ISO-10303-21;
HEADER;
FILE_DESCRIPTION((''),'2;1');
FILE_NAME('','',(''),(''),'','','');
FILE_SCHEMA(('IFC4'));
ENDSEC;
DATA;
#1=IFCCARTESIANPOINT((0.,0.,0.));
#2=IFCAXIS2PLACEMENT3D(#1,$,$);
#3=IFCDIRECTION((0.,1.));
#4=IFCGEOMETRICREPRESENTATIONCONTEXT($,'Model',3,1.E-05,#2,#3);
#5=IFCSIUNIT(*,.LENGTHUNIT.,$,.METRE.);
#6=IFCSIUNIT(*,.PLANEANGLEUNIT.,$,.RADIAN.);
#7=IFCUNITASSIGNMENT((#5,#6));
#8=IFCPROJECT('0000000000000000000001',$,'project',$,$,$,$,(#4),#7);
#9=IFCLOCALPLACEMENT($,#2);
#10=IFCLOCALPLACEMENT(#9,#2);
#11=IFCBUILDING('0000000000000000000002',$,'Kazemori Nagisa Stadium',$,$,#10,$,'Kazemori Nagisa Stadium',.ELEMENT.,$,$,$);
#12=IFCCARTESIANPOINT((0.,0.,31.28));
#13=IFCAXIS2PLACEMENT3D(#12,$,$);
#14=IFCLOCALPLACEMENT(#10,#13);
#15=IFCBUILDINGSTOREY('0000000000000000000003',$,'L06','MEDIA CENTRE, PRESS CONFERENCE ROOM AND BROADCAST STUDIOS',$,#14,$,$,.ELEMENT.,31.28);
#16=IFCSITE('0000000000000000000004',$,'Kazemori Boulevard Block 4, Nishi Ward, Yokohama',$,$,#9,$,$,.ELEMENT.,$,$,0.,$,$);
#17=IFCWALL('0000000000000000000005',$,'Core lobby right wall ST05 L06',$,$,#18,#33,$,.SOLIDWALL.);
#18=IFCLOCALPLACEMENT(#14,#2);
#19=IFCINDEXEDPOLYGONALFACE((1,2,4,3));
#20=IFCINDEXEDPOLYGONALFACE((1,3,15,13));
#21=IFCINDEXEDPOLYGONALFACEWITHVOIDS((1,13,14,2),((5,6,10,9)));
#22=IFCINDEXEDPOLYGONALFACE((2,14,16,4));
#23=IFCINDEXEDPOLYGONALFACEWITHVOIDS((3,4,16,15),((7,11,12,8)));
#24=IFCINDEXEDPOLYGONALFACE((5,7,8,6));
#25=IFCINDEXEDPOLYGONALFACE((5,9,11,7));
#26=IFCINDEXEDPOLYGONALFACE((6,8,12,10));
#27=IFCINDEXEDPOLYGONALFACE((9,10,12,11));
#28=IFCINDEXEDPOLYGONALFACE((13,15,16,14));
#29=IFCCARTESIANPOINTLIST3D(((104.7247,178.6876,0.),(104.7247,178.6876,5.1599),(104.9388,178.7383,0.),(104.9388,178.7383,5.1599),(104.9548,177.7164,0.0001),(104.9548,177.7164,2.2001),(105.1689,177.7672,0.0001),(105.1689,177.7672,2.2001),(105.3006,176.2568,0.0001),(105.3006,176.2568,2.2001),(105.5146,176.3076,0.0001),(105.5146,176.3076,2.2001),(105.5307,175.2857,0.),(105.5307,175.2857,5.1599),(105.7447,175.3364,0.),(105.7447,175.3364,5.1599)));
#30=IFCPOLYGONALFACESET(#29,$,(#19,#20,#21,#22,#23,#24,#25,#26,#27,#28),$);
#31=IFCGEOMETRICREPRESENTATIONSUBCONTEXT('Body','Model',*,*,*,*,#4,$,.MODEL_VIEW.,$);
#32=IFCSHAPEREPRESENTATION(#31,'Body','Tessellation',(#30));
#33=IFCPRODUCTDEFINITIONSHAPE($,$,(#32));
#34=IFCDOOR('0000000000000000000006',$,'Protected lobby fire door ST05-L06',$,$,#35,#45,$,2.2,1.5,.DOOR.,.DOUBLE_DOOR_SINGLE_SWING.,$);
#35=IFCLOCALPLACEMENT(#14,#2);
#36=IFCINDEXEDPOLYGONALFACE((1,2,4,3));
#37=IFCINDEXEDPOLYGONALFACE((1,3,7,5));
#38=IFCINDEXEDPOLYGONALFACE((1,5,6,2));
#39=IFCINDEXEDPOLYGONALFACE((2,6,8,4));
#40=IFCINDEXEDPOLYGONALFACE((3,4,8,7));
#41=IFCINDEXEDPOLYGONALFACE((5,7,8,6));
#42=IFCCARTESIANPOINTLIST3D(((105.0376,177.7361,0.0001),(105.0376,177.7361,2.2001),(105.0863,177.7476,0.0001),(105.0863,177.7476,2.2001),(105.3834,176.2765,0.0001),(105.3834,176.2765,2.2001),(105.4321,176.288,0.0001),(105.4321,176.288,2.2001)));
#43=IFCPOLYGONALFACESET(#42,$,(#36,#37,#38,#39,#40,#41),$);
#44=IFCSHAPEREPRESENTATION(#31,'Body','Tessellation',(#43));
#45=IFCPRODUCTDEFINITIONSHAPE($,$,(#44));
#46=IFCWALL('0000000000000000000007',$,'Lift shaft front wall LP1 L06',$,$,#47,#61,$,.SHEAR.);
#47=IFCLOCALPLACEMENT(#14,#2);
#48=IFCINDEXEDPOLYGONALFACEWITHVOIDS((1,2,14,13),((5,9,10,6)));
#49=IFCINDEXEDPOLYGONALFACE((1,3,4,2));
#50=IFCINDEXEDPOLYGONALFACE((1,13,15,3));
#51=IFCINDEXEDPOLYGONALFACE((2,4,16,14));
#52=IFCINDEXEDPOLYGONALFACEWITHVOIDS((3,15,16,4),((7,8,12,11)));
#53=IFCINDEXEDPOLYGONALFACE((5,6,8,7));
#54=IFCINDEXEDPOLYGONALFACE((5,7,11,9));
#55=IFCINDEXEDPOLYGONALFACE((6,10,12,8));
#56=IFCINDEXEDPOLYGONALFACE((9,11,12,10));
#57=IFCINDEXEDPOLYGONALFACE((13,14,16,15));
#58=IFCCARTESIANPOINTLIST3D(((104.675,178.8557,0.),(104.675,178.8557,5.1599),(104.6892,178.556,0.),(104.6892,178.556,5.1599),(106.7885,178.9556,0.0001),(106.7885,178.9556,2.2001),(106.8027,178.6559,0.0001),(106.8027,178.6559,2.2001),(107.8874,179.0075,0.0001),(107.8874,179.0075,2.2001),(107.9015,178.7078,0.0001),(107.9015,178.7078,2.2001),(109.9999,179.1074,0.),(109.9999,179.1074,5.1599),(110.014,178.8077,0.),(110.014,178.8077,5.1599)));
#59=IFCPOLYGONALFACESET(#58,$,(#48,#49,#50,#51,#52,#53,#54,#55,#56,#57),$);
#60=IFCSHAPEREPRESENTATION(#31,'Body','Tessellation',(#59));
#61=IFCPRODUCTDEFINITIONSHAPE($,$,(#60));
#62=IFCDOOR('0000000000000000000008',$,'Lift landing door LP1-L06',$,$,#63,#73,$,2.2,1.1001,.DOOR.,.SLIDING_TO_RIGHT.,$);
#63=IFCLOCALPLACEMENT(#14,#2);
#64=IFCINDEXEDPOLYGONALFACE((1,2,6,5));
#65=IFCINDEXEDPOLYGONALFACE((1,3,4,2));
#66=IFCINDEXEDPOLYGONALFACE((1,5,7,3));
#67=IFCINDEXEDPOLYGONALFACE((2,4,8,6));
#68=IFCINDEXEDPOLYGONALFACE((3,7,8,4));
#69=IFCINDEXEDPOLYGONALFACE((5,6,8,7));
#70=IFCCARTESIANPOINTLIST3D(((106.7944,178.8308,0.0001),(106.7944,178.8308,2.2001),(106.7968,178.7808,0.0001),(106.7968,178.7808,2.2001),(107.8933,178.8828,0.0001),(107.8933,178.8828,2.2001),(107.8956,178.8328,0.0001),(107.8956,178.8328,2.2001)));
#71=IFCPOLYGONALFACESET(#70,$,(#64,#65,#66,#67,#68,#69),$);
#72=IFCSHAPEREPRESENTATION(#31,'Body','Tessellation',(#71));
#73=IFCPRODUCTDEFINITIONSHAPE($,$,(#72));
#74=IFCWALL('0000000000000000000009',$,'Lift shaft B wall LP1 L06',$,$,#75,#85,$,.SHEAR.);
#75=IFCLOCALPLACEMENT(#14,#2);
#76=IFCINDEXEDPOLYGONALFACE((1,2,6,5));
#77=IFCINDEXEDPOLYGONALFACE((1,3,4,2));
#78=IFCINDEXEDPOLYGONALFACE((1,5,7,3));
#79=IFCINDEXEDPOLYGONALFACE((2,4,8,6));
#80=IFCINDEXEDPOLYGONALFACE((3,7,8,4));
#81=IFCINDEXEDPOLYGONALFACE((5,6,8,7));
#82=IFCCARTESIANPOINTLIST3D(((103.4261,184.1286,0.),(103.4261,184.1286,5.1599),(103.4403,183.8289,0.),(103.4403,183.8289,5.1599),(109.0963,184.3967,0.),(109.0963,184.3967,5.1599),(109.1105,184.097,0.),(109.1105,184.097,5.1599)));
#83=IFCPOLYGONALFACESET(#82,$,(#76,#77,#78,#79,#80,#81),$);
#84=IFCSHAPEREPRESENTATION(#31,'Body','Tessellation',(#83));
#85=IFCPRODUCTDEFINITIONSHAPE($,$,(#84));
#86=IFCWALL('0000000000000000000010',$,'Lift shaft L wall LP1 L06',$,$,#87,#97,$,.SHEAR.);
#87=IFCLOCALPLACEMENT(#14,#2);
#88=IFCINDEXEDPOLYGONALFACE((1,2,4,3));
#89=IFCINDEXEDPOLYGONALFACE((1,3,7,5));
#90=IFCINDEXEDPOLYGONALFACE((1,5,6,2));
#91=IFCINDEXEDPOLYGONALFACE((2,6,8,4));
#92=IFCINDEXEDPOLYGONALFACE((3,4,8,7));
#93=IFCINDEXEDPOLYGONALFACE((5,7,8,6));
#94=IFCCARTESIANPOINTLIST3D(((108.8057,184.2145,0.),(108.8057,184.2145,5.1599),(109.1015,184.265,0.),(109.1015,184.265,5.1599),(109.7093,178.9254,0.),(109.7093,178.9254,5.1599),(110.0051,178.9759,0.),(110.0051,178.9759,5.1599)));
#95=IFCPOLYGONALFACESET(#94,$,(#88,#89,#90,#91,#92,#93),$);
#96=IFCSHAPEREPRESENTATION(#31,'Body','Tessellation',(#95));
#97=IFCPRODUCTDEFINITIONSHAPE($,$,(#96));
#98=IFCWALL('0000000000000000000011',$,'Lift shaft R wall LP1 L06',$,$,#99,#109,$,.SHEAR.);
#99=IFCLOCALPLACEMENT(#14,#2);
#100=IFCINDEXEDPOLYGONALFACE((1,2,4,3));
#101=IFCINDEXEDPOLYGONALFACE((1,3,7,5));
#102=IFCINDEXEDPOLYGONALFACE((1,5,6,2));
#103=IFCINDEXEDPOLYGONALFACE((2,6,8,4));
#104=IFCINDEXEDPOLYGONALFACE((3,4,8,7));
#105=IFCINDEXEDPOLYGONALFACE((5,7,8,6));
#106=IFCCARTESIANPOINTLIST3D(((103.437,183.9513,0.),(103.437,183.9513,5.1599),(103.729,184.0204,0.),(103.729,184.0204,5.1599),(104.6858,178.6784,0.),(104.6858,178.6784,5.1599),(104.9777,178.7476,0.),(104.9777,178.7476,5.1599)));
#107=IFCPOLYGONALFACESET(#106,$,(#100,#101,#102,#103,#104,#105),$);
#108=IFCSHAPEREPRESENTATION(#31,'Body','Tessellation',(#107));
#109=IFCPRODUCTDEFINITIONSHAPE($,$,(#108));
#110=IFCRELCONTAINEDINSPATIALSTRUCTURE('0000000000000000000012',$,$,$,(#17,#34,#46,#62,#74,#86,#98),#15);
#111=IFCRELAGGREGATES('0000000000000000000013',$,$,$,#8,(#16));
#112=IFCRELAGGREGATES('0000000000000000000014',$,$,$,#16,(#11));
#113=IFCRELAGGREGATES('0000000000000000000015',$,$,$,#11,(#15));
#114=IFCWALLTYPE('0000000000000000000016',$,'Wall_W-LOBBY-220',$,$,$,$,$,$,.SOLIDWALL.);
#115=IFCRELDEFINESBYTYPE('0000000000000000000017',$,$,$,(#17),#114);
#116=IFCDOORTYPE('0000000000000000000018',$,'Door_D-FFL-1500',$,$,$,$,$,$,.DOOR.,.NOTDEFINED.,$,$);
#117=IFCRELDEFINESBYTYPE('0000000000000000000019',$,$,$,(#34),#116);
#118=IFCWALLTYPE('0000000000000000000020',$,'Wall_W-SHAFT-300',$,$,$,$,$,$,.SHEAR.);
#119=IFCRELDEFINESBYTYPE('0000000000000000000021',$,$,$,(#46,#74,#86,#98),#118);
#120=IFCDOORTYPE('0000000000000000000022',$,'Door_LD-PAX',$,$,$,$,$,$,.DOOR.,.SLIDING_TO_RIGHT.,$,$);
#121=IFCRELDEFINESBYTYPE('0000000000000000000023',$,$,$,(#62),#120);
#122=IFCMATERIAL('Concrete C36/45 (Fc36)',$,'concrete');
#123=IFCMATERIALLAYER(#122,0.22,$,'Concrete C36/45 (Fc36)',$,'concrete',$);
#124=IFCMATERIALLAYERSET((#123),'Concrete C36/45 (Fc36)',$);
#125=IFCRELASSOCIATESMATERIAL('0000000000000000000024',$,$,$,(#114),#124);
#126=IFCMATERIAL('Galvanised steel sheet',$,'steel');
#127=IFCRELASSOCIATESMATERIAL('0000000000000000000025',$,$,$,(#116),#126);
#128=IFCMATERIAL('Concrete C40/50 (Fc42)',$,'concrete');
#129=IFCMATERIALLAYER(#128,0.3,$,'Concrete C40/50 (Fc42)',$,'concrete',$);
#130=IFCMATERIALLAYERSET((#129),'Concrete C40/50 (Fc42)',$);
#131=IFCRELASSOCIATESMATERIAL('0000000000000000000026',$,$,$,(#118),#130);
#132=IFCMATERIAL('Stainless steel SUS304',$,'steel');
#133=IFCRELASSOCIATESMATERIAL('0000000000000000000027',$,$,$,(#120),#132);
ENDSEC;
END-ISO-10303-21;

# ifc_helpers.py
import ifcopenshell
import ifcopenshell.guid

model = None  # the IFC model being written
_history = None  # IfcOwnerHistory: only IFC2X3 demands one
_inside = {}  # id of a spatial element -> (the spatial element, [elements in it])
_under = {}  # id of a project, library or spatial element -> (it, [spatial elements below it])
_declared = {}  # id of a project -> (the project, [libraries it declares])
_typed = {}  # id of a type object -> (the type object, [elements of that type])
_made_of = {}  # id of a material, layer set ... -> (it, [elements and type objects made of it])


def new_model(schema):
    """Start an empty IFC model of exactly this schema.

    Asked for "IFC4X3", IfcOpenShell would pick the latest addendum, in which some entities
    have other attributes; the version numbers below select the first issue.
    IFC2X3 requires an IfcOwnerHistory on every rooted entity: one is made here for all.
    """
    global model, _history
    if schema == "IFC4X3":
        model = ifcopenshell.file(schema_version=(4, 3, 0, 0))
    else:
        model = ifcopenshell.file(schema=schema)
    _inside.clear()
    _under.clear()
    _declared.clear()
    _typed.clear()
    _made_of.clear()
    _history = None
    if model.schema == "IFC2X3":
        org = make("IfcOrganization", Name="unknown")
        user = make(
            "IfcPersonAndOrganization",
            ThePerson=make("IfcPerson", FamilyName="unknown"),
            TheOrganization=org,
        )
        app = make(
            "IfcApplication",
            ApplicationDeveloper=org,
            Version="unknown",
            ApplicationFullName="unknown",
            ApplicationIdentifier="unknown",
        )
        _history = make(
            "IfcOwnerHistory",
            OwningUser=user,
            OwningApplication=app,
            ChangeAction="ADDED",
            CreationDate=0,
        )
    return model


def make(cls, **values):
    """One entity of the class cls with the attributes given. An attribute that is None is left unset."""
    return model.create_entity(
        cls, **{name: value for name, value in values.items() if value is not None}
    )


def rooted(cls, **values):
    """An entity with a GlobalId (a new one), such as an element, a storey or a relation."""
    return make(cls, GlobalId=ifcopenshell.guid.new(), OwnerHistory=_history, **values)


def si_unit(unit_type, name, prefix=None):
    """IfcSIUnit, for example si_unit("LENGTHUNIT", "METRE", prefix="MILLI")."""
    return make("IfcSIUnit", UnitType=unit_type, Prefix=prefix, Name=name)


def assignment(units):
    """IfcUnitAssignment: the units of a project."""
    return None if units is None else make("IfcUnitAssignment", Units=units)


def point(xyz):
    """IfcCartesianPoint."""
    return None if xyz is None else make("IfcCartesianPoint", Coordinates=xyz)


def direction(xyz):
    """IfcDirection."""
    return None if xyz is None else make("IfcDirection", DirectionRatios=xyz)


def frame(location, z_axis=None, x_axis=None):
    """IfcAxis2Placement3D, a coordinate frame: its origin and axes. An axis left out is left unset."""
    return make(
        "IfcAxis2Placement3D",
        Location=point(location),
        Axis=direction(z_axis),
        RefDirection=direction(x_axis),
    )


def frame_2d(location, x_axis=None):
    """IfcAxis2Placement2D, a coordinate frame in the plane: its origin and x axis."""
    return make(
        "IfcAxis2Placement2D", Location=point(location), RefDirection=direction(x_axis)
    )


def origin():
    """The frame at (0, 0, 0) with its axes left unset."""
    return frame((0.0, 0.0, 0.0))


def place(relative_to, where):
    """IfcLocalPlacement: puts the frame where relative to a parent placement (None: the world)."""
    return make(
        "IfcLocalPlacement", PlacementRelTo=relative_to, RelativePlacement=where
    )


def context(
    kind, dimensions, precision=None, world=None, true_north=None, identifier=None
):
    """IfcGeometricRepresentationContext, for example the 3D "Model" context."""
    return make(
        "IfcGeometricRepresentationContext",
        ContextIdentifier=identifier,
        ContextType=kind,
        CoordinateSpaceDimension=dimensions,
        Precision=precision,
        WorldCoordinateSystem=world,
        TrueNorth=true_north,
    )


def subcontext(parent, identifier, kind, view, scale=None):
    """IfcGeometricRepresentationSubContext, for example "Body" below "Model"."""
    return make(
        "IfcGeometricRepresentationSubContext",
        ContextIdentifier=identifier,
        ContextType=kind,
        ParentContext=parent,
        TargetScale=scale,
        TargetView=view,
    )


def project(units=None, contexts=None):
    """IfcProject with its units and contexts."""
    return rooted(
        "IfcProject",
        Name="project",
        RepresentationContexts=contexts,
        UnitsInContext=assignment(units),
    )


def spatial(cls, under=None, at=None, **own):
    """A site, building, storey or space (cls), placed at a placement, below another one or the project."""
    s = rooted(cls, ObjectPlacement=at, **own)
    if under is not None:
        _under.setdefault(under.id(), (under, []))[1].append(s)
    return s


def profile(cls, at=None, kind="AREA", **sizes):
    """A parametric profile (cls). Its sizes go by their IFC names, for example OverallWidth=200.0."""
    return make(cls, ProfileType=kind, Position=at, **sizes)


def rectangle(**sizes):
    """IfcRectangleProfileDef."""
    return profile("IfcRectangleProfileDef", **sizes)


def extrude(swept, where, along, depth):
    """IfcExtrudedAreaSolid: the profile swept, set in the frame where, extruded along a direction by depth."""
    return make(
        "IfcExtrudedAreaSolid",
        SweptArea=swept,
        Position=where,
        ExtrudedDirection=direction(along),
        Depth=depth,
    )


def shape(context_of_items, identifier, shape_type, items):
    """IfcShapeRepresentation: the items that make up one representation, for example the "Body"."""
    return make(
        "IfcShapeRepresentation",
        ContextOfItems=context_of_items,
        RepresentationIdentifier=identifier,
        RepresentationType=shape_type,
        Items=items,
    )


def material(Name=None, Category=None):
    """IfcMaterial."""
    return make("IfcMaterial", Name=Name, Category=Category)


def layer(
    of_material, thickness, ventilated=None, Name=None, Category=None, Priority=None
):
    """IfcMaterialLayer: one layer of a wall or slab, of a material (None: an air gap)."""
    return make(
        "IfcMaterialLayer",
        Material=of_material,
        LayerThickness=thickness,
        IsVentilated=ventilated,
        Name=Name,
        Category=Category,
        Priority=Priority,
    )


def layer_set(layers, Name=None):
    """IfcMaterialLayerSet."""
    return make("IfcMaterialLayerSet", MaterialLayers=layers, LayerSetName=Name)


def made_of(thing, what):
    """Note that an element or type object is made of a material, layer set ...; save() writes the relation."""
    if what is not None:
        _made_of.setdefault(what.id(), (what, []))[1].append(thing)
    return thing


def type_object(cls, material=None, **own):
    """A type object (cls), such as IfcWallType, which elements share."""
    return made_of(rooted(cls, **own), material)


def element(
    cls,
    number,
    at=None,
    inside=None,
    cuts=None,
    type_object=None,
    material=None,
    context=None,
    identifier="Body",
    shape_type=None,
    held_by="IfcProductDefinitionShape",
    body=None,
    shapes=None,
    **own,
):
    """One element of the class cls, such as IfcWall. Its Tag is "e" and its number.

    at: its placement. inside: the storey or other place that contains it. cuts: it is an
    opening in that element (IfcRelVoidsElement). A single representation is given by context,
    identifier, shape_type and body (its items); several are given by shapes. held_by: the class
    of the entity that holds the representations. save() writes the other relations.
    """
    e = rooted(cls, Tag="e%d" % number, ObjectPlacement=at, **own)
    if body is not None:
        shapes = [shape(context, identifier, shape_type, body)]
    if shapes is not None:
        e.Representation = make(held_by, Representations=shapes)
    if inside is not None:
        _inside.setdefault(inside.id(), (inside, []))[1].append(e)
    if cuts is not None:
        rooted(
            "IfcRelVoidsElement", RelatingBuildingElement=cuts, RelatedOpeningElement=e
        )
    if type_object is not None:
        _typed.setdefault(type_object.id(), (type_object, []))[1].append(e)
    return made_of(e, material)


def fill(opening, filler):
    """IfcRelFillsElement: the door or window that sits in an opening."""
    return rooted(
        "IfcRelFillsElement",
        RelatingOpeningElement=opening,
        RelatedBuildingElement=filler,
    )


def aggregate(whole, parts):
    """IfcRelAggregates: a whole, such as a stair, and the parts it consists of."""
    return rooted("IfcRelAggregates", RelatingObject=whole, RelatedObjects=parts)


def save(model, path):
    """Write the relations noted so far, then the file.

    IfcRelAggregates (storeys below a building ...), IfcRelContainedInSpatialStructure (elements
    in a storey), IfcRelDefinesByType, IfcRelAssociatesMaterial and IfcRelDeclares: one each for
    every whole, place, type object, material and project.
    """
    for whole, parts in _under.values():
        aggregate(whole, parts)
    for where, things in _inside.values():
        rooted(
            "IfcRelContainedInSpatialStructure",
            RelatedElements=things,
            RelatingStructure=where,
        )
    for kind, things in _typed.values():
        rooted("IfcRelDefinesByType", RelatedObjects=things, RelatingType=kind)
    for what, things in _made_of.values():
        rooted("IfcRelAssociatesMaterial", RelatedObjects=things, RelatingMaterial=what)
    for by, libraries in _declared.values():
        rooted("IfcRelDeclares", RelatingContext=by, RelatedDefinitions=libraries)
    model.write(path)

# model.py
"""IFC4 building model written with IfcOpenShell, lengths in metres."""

from ifc_helpers import new_model, si_unit, direction, frame, frame_2d, origin, place, context, subcontext, project, spatial, rectangle, extrude, material, layer, layer_set, type_object, element, fill, save


model = new_model("IFC4")

# Units and contexts
model_context = context("Model", 3, precision=1e-05, world=origin(), true_north=direction((0.0, 1.0)))
body_context = subcontext(model_context, "Body", "Model", "MODEL_VIEW")
ifc_project = project(units=[si_unit("LENGTHUNIT", "METRE"), si_unit("PLANEANGLEUNIT", "RADIAN")], contexts=[model_context])

# Site, building, storey
site_placement = place(None, origin())
site = spatial("IfcSite", under=ifc_project, at=site_placement, Name="Kazemori Boulevard Block 4, Nishi Ward, Yokohama", CompositionType="ELEMENT", RefElevation=0.0)
building_placement = place(site_placement, origin())
building = spatial("IfcBuilding", under=site, at=building_placement, Name="Kazemori Nagisa Stadium", LongName="Kazemori Nagisa Stadium", CompositionType="ELEMENT")
storey_placement = place(building_placement, frame((0.0, 0.0, 31.28)))
storey = spatial("IfcBuildingStorey", under=building, at=storey_placement, Name="L06", Description="MEDIA CENTRE, PRESS CONFERENCE ROOM AND BROADCAST STUDIOS", CompositionType="ELEMENT", Elevation=31.28)

# Shared definitions
ifc_material_1 = material(Name="Concrete C40/50 (Fc42)", Category="concrete")

# Walls, openings, doors
ifc_material_2 = material(Name="Concrete C36/45 (Fc36)", Category="concrete")
ifc_layer_1 = layer(ifc_material_2, 0.22, Name="Concrete C36/45 (Fc36)", Category="concrete")
ifc_layer_set_1 = layer_set([ifc_layer_1], Name="Concrete C36/45 (Fc36)")
wall_type_1 = type_object("IfcWallType", Name="Wall_W-LOBBY-220", PredefinedType="SOLIDWALL", material=ifc_layer_set_1)
wall_1_placement = place(storey_placement, frame((105.6377, 175.311, 0.0), z_axis=(0.0, 0.0, 1.0), x_axis=(-0.230522, 0.973067, 0.0)))
wall_1 = element("IfcWall", 1, at=wall_1_placement, inside=storey, type_object=wall_type_1, Name="Core lobby right wall ST05 L06", PredefinedType="SOLIDWALL", context=body_context, shape_type="SweptSolid", body=[
    extrude(rectangle(XDim=3.4961, YDim=0.22, at=frame_2d((1.748, 0.0))), origin(), (0.0, 0.0, 1.0), 5.1599),
])
opening_1_placement = place(wall_1_placement, frame((0.998, 0.0, 0.0)))
opening_1 = element("IfcOpeningElement", 2, at=opening_1_placement, cuts=wall_1, PredefinedType="OPENING", context=body_context, shape_type="SweptSolid", body=[
    extrude(rectangle(XDim=1.5, YDim=2.2, at=frame_2d((0.75, 1.1001))), frame((0.0, 0.1199, 0.0), z_axis=(0.0, -1.0, 0.0), x_axis=(1.0, 0.0, 0.0)), (0.0, 0.0, 1.0), 0.24),
])
ifc_material_3 = material(Name="Galvanised steel sheet", Category="steel")
door_type_1 = type_object("IfcDoorType", Name="Door_D-FFL-1500", OperationType="NOTDEFINED", PredefinedType="DOOR", material=ifc_material_3)
door_1_placement = place(opening_1_placement, origin())
door_1 = element("IfcDoor", 3, at=door_1_placement, inside=storey, type_object=door_type_1, Name="Protected lobby fire door ST05-L06", OperationType="DOUBLE_DOOR_SINGLE_SWING", OverallHeight=2.2, OverallWidth=1.5, PredefinedType="DOOR", context=body_context, shape_type="SweptSolid", body=[
    extrude(rectangle(XDim=1.5, YDim=2.2, at=frame_2d((0.75, 1.1001))), frame((0.0, 0.0249, 0.0), z_axis=(0.0, -1.0, 0.0), x_axis=(1.0, 0.0, 0.0)), (0.0, 0.0, 1.0), 0.05),
])
fill(opening_1, door_1)
ifc_layer_2 = layer(ifc_material_1, 0.3, Name="Concrete C40/50 (Fc42)", Category="concrete")
ifc_layer_set_2 = layer_set([ifc_layer_2], Name="Concrete C40/50 (Fc42)")
wall_type_2 = type_object("IfcWallType", Name="Wall_W-SHAFT-300", PredefinedType="SHEAR", material=ifc_layer_set_2)
wall_2_placement = place(storey_placement, frame((110.0071, 178.9575, 0.0), z_axis=(0.0, 0.0, 1.0), x_axis=(-0.998885, -0.047217, 0.0)))
wall_2 = element("IfcWall", 4, at=wall_2_placement, inside=storey, type_object=wall_type_2, Name="Lift shaft front wall LP1 L06", PredefinedType="SHEAR", context=body_context, shape_type="SweptSolid", body=[
    extrude(rectangle(XDim=5.3308, YDim=0.3, at=frame_2d((2.6655, 0.0))), origin(), (0.0, 0.0, 1.0), 5.1599),
])
opening_2_placement = place(wall_2_placement, frame((2.115, 0.0, 0.0)))
opening_2 = element("IfcOpeningElement", 5, at=opening_2_placement, cuts=wall_2, PredefinedType="OPENING", context=body_context, shape_type="SweptSolid", body=[
    extrude(rectangle(XDim=1.1001, YDim=2.2, at=frame_2d((0.55, 1.1001))), frame((0.0, 0.1599, 0.0), z_axis=(0.0, -1.0, 0.0), x_axis=(1.0, 0.0, 0.0)), (0.0, 0.0, 1.0), 0.3201),
])
ifc_material_4 = material(Name="Stainless steel SUS304", Category="steel")
door_type_2 = type_object("IfcDoorType", Name="Door_LD-PAX", OperationType="SLIDING_TO_RIGHT", PredefinedType="DOOR", material=ifc_material_4)
door_2_placement = place(opening_2_placement, origin())
door_2 = element("IfcDoor", 6, at=door_2_placement, inside=storey, type_object=door_type_2, Name="Lift landing door LP1-L06", OperationType="SLIDING_TO_RIGHT", OverallHeight=2.2, OverallWidth=1.1001, PredefinedType="DOOR", context=body_context, shape_type="SweptSolid", body=[
    extrude(rectangle(XDim=1.1001, YDim=2.2, at=frame_2d((0.55, 1.1001))), frame((0.0, 0.0249, 0.0), z_axis=(0.0, -1.0, 0.0), x_axis=(1.0, 0.0, 0.0)), (0.0, 0.0, 1.0), 0.05),
])
fill(opening_2, door_2)

# Walls
wall_3_placement = place(storey_placement, frame((109.1035, 184.2468, 0.0), z_axis=(0.0, 0.0, 1.0), x_axis=(-0.998884, -0.047224, 0.0)))
element("IfcWall", 7, at=wall_3_placement, inside=storey, type_object=wall_type_2, Name="Lift shaft B wall LP1 L06", PredefinedType="SHEAR", context=body_context, shape_type="SweptSolid", body=[
    extrude(rectangle(XDim=5.6765, YDim=0.3, at=frame_2d((2.8384, 0.0))), origin(), (0.0, 0.0, 1.0), 5.1599),
])
wall_4_placement = place(storey_placement, frame((109.8572, 178.9507, 0.0), z_axis=(0.0, 0.0, 1.0), x_axis=(-0.168397, 0.985719, 0.0)))
element("IfcWall", 8, at=wall_4_placement, inside=storey, type_object=wall_type_2, Name="Lift shaft L wall LP1 L06", PredefinedType="SHEAR", context=body_context, shape_type="SweptSolid", body=[
    extrude(rectangle(XDim=5.3657, YDim=0.3, at=frame_2d((2.6829, 0.0))), origin(), (0.0, 0.0, 1.0), 5.1599),
])
wall_5_placement = place(storey_placement, frame((104.8318, 178.7129, 0.0), z_axis=(0.0, 0.0, 1.0), x_axis=(-0.230453, 0.973083, 0.0)))
element("IfcWall", 9, at=wall_5_placement, inside=storey, type_object=wall_type_2, Name="Lift shaft R wall LP1 L06", PredefinedType="SHEAR", context=body_context, shape_type="SweptSolid", body=[
    extrude(rectangle(XDim=5.4187, YDim=0.3, at=frame_2d((2.7095, 0.0))), origin(), (0.0, 0.0, 1.0), 5.1599),
])

save(model, "model.ifc")
